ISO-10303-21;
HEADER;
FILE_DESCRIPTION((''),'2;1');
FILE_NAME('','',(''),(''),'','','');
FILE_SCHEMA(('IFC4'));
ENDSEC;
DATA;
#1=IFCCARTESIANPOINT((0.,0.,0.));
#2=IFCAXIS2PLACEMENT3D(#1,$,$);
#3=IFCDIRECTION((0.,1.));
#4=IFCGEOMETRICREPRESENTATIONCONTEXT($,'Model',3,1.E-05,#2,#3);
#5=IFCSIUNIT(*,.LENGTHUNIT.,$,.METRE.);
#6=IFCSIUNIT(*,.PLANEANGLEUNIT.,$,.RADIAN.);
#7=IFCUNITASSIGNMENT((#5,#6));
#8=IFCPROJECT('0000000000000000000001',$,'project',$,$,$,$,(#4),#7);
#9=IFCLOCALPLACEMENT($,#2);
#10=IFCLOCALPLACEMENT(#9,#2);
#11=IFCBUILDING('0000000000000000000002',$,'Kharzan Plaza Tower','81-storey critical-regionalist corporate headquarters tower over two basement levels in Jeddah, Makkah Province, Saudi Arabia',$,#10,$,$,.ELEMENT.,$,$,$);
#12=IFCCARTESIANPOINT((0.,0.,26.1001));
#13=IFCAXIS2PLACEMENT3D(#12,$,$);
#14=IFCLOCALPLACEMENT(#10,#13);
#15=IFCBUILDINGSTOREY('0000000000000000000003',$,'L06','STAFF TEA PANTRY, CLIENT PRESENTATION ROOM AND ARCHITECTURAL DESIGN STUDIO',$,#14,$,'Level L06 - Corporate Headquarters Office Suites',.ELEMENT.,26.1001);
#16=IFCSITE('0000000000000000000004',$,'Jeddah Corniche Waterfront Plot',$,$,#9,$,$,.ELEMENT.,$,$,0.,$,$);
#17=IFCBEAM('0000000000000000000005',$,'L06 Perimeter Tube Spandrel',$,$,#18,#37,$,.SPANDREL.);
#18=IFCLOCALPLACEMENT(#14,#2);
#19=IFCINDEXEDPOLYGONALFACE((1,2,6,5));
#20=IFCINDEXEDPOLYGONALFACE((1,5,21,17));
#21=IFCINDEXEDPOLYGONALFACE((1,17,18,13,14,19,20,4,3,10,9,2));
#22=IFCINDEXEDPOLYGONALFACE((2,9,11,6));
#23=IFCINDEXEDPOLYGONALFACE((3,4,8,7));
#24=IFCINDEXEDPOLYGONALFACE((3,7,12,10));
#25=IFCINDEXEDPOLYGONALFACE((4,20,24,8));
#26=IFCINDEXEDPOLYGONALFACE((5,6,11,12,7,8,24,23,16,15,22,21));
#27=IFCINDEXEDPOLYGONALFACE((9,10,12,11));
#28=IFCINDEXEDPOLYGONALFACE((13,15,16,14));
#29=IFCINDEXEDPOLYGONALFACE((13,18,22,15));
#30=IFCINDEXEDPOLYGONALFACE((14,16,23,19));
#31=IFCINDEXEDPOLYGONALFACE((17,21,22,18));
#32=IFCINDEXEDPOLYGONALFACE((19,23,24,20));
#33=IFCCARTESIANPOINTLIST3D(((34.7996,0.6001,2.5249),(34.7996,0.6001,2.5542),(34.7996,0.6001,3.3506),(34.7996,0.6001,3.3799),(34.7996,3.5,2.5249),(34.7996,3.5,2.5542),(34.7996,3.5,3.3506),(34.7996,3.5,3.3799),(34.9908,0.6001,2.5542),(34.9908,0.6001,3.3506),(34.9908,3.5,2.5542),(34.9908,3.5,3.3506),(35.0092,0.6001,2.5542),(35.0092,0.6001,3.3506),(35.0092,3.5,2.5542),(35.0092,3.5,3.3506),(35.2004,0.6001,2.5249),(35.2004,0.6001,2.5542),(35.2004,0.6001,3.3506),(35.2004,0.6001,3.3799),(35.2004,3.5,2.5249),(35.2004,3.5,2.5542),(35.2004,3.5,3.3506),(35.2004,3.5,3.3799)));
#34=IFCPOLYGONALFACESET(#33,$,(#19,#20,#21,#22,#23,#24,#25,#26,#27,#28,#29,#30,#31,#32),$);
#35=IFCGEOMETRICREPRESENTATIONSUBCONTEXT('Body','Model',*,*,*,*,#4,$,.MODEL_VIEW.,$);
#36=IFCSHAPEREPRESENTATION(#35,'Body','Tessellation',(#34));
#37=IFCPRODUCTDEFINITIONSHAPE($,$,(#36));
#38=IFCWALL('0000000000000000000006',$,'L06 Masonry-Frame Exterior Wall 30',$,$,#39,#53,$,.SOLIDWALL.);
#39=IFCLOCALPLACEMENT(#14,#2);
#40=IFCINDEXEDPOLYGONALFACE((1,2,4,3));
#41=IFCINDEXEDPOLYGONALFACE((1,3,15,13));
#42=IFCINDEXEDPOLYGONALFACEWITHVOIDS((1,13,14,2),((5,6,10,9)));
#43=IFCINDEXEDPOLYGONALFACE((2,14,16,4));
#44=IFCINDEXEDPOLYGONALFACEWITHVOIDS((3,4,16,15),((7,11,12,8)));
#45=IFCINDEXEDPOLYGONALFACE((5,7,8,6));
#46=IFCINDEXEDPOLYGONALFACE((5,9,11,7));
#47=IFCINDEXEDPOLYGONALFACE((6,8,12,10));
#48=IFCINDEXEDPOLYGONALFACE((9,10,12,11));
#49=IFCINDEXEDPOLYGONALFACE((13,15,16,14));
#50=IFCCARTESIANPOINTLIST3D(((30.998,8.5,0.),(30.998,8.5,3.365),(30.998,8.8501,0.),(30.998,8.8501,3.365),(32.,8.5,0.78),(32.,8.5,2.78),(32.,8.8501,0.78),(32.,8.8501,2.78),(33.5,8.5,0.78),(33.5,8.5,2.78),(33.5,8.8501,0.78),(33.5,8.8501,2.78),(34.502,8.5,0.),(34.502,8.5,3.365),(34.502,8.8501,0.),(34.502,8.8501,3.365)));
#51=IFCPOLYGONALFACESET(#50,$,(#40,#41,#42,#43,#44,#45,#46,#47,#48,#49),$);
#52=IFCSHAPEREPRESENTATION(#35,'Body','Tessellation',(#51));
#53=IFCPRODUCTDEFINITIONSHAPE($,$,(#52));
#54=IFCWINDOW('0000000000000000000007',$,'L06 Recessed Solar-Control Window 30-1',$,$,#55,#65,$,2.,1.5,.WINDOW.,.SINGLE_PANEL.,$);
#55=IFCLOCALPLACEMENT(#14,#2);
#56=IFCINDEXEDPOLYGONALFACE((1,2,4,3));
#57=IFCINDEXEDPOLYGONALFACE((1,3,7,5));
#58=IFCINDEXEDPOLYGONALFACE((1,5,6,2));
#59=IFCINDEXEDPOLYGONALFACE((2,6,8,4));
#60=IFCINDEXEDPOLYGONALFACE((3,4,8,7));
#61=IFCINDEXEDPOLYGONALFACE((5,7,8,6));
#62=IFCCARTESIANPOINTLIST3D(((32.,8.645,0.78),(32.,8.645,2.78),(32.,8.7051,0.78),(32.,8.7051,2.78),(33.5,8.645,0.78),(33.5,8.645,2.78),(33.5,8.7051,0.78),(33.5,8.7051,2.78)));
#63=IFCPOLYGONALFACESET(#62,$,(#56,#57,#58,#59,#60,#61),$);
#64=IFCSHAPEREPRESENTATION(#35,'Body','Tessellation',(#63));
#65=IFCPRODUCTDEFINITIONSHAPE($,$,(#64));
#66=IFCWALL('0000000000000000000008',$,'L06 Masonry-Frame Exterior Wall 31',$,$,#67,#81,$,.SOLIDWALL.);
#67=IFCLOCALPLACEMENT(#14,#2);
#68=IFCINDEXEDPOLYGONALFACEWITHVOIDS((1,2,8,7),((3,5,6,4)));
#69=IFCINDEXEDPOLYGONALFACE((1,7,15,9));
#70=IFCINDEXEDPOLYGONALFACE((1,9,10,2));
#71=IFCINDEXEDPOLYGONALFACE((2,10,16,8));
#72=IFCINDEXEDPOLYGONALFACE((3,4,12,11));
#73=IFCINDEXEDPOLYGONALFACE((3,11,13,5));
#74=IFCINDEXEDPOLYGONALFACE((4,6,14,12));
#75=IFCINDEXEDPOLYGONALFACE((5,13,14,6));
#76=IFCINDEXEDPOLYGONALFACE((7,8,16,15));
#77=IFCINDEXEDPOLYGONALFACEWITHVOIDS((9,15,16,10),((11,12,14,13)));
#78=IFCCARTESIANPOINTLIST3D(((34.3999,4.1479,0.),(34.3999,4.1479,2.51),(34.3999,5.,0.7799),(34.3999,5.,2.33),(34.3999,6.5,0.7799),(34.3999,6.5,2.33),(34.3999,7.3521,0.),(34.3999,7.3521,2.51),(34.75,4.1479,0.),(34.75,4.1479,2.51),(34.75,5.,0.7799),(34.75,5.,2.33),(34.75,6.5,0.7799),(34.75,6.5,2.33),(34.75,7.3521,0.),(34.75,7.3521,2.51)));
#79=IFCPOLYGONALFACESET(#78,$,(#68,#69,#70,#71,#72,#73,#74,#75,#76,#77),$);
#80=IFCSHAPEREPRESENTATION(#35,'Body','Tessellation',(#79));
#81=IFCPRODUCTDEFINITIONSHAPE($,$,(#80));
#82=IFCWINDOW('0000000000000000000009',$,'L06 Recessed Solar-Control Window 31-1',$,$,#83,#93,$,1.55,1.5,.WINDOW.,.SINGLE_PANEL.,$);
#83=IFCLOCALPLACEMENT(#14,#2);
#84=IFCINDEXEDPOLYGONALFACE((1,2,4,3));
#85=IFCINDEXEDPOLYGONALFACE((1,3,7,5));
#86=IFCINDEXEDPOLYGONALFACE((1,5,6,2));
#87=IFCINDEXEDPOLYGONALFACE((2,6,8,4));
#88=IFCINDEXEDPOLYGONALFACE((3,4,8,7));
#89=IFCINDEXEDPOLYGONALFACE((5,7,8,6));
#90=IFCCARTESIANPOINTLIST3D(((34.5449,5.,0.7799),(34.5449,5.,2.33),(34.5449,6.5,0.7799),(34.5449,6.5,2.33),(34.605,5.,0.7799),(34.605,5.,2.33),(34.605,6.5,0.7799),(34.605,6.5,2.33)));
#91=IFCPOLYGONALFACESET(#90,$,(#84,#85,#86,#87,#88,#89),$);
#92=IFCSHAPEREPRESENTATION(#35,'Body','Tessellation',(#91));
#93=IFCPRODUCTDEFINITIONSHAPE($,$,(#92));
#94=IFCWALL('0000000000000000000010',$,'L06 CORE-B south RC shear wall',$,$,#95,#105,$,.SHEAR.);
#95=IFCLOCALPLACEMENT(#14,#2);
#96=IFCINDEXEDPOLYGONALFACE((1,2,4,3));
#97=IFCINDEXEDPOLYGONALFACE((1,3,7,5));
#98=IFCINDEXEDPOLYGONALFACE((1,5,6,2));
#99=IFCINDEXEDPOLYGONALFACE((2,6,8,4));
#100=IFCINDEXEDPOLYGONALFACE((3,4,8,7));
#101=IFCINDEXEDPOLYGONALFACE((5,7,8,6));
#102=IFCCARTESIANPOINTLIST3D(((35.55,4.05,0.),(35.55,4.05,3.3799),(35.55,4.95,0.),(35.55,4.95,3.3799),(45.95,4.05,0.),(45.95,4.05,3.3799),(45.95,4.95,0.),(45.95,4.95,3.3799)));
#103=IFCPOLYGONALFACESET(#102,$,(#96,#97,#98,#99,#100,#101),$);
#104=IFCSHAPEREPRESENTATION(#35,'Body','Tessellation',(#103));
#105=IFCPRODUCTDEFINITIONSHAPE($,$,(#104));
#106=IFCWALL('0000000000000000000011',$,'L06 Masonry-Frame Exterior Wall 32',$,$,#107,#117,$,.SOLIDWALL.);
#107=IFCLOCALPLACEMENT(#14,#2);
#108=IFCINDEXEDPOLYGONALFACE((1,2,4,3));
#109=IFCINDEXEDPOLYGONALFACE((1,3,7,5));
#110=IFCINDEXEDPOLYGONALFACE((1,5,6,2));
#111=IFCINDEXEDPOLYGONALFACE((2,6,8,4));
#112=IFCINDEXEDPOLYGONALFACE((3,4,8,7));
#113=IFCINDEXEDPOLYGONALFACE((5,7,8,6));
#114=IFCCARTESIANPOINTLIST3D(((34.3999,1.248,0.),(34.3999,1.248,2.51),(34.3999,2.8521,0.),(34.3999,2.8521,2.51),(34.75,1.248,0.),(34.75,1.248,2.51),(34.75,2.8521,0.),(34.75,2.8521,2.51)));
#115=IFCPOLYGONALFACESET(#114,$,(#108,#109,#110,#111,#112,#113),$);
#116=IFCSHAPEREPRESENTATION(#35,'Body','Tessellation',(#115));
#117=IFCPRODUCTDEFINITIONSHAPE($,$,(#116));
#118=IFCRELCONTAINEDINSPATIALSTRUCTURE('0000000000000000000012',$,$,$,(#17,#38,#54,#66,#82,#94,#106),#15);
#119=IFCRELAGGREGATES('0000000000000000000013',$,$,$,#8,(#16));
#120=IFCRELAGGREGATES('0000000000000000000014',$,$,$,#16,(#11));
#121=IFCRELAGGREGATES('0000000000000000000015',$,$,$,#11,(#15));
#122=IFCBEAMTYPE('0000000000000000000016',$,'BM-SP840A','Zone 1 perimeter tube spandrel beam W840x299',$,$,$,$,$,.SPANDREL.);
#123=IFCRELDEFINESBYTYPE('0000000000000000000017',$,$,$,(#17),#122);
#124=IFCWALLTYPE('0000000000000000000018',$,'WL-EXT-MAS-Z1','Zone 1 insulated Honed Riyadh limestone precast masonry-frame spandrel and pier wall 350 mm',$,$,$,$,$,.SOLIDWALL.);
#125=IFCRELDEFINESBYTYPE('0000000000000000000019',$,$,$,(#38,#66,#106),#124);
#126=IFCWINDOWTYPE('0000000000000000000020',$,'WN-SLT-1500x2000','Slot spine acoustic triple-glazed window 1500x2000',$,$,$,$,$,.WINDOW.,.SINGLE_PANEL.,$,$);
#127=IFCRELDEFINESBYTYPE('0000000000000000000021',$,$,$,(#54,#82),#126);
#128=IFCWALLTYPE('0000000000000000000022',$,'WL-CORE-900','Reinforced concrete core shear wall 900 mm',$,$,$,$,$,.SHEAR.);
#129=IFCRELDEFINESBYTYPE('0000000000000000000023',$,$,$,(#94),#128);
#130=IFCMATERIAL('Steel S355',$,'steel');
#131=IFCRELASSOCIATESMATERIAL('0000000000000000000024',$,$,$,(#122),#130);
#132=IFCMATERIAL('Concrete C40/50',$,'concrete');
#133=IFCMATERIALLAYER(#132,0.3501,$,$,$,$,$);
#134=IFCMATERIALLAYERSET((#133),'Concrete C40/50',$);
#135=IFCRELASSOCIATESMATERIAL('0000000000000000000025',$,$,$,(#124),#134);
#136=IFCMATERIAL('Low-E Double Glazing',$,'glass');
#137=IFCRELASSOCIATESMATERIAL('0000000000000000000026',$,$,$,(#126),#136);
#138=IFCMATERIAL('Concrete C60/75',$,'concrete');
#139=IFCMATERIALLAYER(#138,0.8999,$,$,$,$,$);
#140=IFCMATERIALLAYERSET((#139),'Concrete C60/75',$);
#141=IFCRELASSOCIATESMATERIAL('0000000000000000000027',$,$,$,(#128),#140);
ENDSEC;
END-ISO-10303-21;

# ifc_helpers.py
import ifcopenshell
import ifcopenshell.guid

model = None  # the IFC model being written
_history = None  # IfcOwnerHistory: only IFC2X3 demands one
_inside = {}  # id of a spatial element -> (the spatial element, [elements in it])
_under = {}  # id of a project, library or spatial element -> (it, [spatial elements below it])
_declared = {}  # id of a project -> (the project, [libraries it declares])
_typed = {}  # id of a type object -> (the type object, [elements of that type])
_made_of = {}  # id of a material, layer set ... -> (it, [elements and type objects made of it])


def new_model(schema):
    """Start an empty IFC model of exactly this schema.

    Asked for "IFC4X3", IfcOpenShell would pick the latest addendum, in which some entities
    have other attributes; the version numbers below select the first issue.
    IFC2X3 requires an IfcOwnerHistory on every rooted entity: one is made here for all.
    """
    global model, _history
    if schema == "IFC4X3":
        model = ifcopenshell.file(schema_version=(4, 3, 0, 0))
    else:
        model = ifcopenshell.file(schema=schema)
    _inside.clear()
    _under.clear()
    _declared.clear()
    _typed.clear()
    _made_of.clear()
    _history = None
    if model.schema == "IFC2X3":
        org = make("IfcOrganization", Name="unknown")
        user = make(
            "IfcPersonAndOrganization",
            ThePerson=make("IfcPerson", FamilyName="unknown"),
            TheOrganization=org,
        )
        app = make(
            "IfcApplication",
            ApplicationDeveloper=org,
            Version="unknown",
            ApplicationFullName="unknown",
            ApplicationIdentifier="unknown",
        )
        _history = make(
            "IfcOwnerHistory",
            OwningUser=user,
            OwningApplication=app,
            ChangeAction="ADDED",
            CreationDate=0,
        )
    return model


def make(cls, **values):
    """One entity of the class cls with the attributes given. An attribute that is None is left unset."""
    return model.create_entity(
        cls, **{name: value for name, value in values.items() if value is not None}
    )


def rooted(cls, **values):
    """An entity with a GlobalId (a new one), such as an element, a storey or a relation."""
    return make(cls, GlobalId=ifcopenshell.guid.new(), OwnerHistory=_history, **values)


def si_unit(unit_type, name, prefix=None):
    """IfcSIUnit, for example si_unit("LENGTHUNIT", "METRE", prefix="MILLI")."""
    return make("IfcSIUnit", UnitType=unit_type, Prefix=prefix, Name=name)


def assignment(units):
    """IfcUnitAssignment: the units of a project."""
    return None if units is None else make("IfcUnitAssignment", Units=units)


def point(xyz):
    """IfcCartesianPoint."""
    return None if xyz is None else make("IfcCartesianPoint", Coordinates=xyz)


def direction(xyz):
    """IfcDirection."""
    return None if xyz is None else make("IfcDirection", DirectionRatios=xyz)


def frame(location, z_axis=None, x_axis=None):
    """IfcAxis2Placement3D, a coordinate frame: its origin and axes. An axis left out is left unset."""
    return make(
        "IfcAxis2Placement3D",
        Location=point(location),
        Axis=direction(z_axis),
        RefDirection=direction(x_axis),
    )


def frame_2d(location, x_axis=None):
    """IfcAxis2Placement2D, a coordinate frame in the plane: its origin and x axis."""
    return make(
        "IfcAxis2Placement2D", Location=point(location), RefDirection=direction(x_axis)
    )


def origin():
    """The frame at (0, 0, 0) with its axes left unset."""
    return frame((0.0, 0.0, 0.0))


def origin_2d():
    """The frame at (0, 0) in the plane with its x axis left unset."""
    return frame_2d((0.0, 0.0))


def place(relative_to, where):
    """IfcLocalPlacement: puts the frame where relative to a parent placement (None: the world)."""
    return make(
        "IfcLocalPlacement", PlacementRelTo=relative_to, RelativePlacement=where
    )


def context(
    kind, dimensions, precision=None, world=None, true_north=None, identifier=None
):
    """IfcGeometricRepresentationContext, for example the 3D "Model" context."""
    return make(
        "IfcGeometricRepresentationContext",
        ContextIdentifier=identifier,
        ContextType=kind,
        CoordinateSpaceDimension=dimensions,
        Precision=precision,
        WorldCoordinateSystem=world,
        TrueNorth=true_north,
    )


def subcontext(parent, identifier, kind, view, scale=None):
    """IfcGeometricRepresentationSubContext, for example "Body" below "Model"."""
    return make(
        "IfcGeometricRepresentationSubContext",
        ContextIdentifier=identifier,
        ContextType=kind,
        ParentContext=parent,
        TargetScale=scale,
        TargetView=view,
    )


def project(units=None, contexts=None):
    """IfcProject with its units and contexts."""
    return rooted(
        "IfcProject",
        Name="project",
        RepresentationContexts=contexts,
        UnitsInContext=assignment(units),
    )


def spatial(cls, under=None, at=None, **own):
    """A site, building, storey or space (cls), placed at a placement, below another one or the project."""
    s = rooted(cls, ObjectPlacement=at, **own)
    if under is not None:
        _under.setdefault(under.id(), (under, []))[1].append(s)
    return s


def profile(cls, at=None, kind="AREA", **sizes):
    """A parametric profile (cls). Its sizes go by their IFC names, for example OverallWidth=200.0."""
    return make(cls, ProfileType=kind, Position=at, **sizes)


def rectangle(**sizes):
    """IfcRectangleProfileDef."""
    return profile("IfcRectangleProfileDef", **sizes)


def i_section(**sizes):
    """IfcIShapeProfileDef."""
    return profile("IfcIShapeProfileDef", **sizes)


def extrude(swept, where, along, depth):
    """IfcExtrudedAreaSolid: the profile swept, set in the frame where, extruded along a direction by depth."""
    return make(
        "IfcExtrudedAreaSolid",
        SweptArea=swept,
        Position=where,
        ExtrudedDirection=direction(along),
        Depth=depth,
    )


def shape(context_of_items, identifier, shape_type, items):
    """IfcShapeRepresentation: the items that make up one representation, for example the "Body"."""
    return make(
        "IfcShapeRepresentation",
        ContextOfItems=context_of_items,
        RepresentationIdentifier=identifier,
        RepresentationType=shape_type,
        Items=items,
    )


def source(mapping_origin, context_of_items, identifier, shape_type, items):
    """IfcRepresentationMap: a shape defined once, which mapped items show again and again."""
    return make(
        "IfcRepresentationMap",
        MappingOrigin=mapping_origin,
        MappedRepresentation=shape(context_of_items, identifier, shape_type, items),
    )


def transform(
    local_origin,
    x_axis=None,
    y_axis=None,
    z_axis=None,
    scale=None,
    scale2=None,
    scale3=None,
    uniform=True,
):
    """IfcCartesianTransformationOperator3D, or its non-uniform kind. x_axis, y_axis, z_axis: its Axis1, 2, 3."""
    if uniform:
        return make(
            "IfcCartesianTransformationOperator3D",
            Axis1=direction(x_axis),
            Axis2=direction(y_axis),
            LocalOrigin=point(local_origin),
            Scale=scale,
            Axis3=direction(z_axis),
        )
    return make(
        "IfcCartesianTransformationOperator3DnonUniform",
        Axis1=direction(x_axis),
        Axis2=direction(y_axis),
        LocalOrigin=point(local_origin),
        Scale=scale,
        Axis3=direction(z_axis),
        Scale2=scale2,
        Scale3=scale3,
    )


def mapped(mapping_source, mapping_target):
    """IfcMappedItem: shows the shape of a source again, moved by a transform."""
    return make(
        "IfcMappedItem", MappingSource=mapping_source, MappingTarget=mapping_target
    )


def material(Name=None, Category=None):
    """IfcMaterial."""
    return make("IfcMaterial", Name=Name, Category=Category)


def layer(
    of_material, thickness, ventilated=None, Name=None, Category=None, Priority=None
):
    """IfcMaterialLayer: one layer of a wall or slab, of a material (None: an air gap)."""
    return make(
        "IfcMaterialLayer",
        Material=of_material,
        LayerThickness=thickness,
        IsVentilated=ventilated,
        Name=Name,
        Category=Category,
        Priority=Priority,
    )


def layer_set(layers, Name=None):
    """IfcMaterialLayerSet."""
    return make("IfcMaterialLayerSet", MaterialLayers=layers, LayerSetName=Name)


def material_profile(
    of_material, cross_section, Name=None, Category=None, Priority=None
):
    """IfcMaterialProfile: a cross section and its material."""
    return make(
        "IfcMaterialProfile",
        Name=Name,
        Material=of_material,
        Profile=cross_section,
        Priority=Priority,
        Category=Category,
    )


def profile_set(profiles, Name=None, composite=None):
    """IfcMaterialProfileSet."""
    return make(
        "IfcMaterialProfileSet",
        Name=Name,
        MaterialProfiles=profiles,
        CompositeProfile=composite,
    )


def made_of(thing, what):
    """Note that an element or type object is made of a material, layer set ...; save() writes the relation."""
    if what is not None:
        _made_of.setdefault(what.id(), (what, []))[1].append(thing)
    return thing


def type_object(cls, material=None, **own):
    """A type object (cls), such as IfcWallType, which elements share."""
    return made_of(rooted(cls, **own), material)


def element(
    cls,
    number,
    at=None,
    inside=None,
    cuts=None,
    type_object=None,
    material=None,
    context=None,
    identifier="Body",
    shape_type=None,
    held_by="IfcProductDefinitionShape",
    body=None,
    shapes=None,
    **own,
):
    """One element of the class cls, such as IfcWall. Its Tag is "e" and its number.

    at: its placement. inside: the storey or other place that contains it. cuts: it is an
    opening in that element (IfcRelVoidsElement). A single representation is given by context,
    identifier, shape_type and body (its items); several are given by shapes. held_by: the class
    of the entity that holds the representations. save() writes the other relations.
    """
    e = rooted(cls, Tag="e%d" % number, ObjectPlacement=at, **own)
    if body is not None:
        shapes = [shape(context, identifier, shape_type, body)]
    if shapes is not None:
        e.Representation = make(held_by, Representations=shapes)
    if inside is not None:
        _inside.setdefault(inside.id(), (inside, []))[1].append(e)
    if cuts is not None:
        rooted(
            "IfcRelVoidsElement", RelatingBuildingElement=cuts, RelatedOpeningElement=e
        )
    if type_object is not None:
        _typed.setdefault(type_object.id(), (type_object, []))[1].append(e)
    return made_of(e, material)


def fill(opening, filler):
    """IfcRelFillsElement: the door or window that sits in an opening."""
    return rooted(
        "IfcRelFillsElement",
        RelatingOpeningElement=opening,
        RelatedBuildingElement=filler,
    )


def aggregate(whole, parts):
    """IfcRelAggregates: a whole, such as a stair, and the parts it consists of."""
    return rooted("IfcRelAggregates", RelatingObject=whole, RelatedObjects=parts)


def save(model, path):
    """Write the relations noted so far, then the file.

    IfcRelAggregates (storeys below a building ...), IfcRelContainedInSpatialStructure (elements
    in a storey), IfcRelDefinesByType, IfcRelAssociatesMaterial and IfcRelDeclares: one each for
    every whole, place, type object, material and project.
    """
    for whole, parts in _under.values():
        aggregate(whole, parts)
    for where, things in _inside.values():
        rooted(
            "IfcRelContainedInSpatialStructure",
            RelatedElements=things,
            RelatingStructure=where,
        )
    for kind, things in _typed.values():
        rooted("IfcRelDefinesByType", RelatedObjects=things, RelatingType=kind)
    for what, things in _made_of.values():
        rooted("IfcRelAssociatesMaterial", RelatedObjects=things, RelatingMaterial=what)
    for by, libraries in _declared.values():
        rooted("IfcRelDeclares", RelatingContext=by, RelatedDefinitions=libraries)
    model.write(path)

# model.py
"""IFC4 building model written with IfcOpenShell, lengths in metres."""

from ifc_helpers import new_model, si_unit, direction, frame, frame_2d, origin, origin_2d, place, context, subcontext, project, spatial, rectangle, i_section, extrude, source, transform, mapped, material, layer, layer_set, material_profile, profile_set, type_object, element, fill, save


model = new_model("IFC4")

# Units and contexts
model_context = context("Model", 3, precision=1e-05, world=origin(), true_north=direction((0.0, 1.0)))
body_context = subcontext(model_context, "Body", "Model", "MODEL_VIEW")
ifc_project = project(units=[si_unit("LENGTHUNIT", "METRE"), si_unit("PLANEANGLEUNIT", "RADIAN")], contexts=[model_context])

# Site, building, storey
site_placement = place(None, origin())
site = spatial("IfcSite", under=ifc_project, at=site_placement, Name="Jeddah Corniche Waterfront Plot", CompositionType="ELEMENT", RefElevation=0.0)
building_placement = place(site_placement, origin())
building = spatial("IfcBuilding", under=site, at=building_placement, Name="Kharzan Plaza Tower", Description="81-storey critical-regionalist corporate headquarters tower over two basement levels in Jeddah, Makkah Province, Saudi Arabia", CompositionType="ELEMENT")
storey_placement = place(building_placement, frame((0.0, 0.0, 26.1001)))
storey = spatial("IfcBuildingStorey", under=building, at=storey_placement, Name="L06", Description="STAFF TEA PANTRY, CLIENT PRESENTATION ROOM AND ARCHITECTURAL DESIGN STUDIO", LongName="Level L06 - Corporate Headquarters Office Suites", CompositionType="ELEMENT", Elevation=26.1001)

# Shared definitions
ifc_material_1 = material(Name="Concrete C60/75", Category="concrete")

# Beam
ifc_material_2 = material(Name="Steel S355", Category="steel")
ifc_material_profile_1 = material_profile(ifc_material_2, i_section(OverallWidth=0.4009, OverallDepth=0.855, WebThickness=0.0183, FlangeThickness=0.0293, at=origin_2d()), Name="W840x299")
ifc_profile_set_1 = profile_set([ifc_material_profile_1], Name="Steel S355")
beam_type_1 = type_object("IfcBeamType", Name="BM-SP840A", Description="Zone 1 perimeter tube spandrel beam W840x299", PredefinedType="SPANDREL", material=ifc_profile_set_1)
shared_shape_1 = source(origin(), body_context, "Body", "SweptSolid", [
    extrude(i_section(OverallWidth=0.4009, OverallDepth=0.855, WebThickness=0.0183, FlangeThickness=0.0293, at=origin_2d()), origin(), (0.0, 0.0, 1.0), 2.8999),
])
beam_1_placement = place(storey_placement, frame((35.0, 0.6001, 2.9524), z_axis=(0.0, 1.0, 0.0), x_axis=(-1.0, 0.0, 0.0)))
element("IfcBeam", 1, at=beam_1_placement, inside=storey, type_object=beam_type_1, Name="L06 Perimeter Tube Spandrel", PredefinedType="SPANDREL", context=body_context, shape_type="MappedRepresentation", body=[
    mapped(shared_shape_1, transform((0.0, 0.0, 0.0), x_axis=(1.0, 0.0, 0.0), y_axis=(0.0, 1.0, 0.0), z_axis=(0.0, 0.0, 1.0))),
])

# Walls, openings, windows
ifc_material_3 = material(Name="Concrete C40/50", Category="concrete")
ifc_layer_1 = layer(ifc_material_3, 0.3501)
ifc_layer_set_1 = layer_set([ifc_layer_1], Name="Concrete C40/50")
wall_type_1 = type_object("IfcWallType", Name="WL-EXT-MAS-Z1", Description="Zone 1 insulated Honed Riyadh limestone precast masonry-frame spandrel and pier wall 350 mm", PredefinedType="SOLIDWALL", material=ifc_layer_set_1)
wall_1_placement = place(storey_placement, frame((30.998, 8.675, 0.0), z_axis=(0.0, 0.0, 1.0), x_axis=(1.0, 0.0, 0.0)))
wall_1 = element("IfcWall", 2, at=wall_1_placement, inside=storey, type_object=wall_type_1, Name="L06 Masonry-Frame Exterior Wall 30", PredefinedType="SOLIDWALL", context=body_context, shape_type="SweptSolid", body=[
    extrude(rectangle(XDim=3.5039, YDim=0.3501, at=frame_2d((1.752, 0.0))), origin(), (0.0, 0.0, 1.0), 3.365),
])
opening_1_placement = place(wall_1_placement, frame((1.002, 0.0, 0.78)))
opening_1 = element("IfcOpeningElement", 3, at=opening_1_placement, cuts=wall_1, PredefinedType="OPENING", context=body_context, shape_type="SweptSolid", body=[
    extrude(rectangle(XDim=1.5, YDim=2.0, at=frame_2d((0.75, 1.0))), frame((0.0, 0.1851, 0.0), z_axis=(0.0, -1.0, 0.0), x_axis=(1.0, 0.0, 0.0)), (0.0, 0.0, 1.0), 0.3701),
])
ifc_material_4 = material(Name="Low-E Double Glazing", Category="glass")
window_type = type_object("IfcWindowType", Name="WN-SLT-1500x2000", Description="Slot spine acoustic triple-glazed window 1500x2000", PartitioningType="SINGLE_PANEL", PredefinedType="WINDOW", material=ifc_material_4)
shared_shape_2 = source(origin(), body_context, "Body", "SweptSolid", [
    extrude(rectangle(XDim=1.5, YDim=2.0, at=frame_2d((0.75, 1.0))), frame((0.0, 0.03, 0.0), z_axis=(0.0, -1.0, 0.0), x_axis=(1.0, 0.0, 0.0)), (0.0, 0.0, 1.0), 0.0601),
])
window_1_placement = place(opening_1_placement, origin())
window_1 = element("IfcWindow", 4, at=window_1_placement, inside=storey, type_object=window_type, Name="L06 Recessed Solar-Control Window 30-1", OverallHeight=2.0, OverallWidth=1.5, PartitioningType="SINGLE_PANEL", PredefinedType="WINDOW", context=body_context, shape_type="MappedRepresentation", body=[
    mapped(shared_shape_2, transform((0.0, 0.0, 0.0), x_axis=(1.0, 0.0, 0.0), y_axis=(0.0, 1.0, 0.0), z_axis=(0.0, 0.0, 1.0))),
])
fill(opening_1, window_1)
wall_2_placement = place(storey_placement, frame((34.575, 7.3521, 0.0), z_axis=(0.0, 0.0, 1.0), x_axis=(0.0, -1.0, 0.0)))
wall_2 = element("IfcWall", 5, at=wall_2_placement, inside=storey, type_object=wall_type_1, Name="L06 Masonry-Frame Exterior Wall 31", PredefinedType="SOLIDWALL", context=body_context, shape_type="SweptSolid", body=[
    extrude(rectangle(XDim=3.2041, YDim=0.3501, at=frame_2d((1.6021, 0.0))), origin(), (0.0, 0.0, 1.0), 2.51),
])
opening_2_placement = place(wall_2_placement, frame((0.8521, 0.0, 0.78)))
opening_2 = element("IfcOpeningElement", 6, at=opening_2_placement, cuts=wall_2, PredefinedType="OPENING", context=body_context, shape_type="SweptSolid", body=[
    extrude(rectangle(XDim=1.5, YDim=1.55, at=frame_2d((0.75, 0.7749))), frame((0.0, 0.1851, 0.0), z_axis=(0.0, -1.0, 0.0), x_axis=(1.0, 0.0, 0.0)), (0.0, 0.0, 1.0), 0.3701),
])
shared_shape_3 = source(origin(), body_context, "Body", "SweptSolid", [
    extrude(rectangle(XDim=1.5, YDim=1.55, at=frame_2d((0.75, 0.7749))), frame((0.0, 0.03, 0.0), z_axis=(0.0, -1.0, 0.0), x_axis=(1.0, 0.0, 0.0)), (0.0, 0.0, 1.0), 0.0601),
])
window_2_placement = place(opening_2_placement, origin())
window_2 = element("IfcWindow", 7, at=window_2_placement, inside=storey, type_object=window_type, Name="L06 Recessed Solar-Control Window 31-1", OverallHeight=1.55, OverallWidth=1.5, PartitioningType="SINGLE_PANEL", PredefinedType="WINDOW", context=body_context, shape_type="MappedRepresentation", body=[
    mapped(shared_shape_3, transform((0.0, 0.0, 0.0), x_axis=(1.0, 0.0, 0.0), y_axis=(0.0, 1.0, 0.0), z_axis=(0.0, 0.0, 1.0))),
])
fill(opening_2, window_2)

# Walls
ifc_layer_2 = layer(ifc_material_1, 0.8999)
ifc_layer_set_2 = layer_set([ifc_layer_2], Name="Concrete C60/75")
wall_type_2 = type_object("IfcWallType", Name="WL-CORE-900", Description="Reinforced concrete core shear wall 900 mm", PredefinedType="SHEAR", material=ifc_layer_set_2)
shared_shape_4 = source(origin(), body_context, "Body", "SweptSolid", [
    extrude(rectangle(XDim=10.3999, YDim=0.8999, at=frame_2d((5.2, 0.0))), origin(), (0.0, 0.0, 1.0), 3.3799),
])
wall_3_placement = place(storey_placement, frame((35.55, 4.5, 0.0), z_axis=(0.0, 0.0, 1.0), x_axis=(1.0, 0.0, 0.0)))
element("IfcWall", 8, at=wall_3_placement, inside=storey, type_object=wall_type_2, Name="L06 CORE-B south RC shear wall", PredefinedType="SHEAR", context=body_context, shape_type="MappedRepresentation", body=[
    mapped(shared_shape_4, transform((0.0, 0.0, 0.0), x_axis=(1.0, 0.0, 0.0), y_axis=(0.0, 1.0, 0.0), z_axis=(0.0, 0.0, 1.0))),
])
shared_shape_5 = source(origin(), body_context, "Body", "SweptSolid", [
    extrude(rectangle(XDim=1.604, YDim=0.3501, at=frame_2d((0.802, 0.0))), origin(), (0.0, 0.0, 1.0), 2.51),
])
wall_4_placement = place(storey_placement, frame((34.575, 2.8521, 0.0), z_axis=(0.0, 0.0, 1.0), x_axis=(0.0, -1.0, 0.0)))
element("IfcWall", 9, at=wall_4_placement, inside=storey, type_object=wall_type_1, Name="L06 Masonry-Frame Exterior Wall 32", PredefinedType="SOLIDWALL", context=body_context, shape_type="MappedRepresentation", body=[
    mapped(shared_shape_5, transform((0.0, 0.0, 0.0), x_axis=(1.0, 0.0, 0.0), y_axis=(0.0, 1.0, 0.0), z_axis=(0.0, 0.0, 1.0))),
])

save(model, "model.ifc")
